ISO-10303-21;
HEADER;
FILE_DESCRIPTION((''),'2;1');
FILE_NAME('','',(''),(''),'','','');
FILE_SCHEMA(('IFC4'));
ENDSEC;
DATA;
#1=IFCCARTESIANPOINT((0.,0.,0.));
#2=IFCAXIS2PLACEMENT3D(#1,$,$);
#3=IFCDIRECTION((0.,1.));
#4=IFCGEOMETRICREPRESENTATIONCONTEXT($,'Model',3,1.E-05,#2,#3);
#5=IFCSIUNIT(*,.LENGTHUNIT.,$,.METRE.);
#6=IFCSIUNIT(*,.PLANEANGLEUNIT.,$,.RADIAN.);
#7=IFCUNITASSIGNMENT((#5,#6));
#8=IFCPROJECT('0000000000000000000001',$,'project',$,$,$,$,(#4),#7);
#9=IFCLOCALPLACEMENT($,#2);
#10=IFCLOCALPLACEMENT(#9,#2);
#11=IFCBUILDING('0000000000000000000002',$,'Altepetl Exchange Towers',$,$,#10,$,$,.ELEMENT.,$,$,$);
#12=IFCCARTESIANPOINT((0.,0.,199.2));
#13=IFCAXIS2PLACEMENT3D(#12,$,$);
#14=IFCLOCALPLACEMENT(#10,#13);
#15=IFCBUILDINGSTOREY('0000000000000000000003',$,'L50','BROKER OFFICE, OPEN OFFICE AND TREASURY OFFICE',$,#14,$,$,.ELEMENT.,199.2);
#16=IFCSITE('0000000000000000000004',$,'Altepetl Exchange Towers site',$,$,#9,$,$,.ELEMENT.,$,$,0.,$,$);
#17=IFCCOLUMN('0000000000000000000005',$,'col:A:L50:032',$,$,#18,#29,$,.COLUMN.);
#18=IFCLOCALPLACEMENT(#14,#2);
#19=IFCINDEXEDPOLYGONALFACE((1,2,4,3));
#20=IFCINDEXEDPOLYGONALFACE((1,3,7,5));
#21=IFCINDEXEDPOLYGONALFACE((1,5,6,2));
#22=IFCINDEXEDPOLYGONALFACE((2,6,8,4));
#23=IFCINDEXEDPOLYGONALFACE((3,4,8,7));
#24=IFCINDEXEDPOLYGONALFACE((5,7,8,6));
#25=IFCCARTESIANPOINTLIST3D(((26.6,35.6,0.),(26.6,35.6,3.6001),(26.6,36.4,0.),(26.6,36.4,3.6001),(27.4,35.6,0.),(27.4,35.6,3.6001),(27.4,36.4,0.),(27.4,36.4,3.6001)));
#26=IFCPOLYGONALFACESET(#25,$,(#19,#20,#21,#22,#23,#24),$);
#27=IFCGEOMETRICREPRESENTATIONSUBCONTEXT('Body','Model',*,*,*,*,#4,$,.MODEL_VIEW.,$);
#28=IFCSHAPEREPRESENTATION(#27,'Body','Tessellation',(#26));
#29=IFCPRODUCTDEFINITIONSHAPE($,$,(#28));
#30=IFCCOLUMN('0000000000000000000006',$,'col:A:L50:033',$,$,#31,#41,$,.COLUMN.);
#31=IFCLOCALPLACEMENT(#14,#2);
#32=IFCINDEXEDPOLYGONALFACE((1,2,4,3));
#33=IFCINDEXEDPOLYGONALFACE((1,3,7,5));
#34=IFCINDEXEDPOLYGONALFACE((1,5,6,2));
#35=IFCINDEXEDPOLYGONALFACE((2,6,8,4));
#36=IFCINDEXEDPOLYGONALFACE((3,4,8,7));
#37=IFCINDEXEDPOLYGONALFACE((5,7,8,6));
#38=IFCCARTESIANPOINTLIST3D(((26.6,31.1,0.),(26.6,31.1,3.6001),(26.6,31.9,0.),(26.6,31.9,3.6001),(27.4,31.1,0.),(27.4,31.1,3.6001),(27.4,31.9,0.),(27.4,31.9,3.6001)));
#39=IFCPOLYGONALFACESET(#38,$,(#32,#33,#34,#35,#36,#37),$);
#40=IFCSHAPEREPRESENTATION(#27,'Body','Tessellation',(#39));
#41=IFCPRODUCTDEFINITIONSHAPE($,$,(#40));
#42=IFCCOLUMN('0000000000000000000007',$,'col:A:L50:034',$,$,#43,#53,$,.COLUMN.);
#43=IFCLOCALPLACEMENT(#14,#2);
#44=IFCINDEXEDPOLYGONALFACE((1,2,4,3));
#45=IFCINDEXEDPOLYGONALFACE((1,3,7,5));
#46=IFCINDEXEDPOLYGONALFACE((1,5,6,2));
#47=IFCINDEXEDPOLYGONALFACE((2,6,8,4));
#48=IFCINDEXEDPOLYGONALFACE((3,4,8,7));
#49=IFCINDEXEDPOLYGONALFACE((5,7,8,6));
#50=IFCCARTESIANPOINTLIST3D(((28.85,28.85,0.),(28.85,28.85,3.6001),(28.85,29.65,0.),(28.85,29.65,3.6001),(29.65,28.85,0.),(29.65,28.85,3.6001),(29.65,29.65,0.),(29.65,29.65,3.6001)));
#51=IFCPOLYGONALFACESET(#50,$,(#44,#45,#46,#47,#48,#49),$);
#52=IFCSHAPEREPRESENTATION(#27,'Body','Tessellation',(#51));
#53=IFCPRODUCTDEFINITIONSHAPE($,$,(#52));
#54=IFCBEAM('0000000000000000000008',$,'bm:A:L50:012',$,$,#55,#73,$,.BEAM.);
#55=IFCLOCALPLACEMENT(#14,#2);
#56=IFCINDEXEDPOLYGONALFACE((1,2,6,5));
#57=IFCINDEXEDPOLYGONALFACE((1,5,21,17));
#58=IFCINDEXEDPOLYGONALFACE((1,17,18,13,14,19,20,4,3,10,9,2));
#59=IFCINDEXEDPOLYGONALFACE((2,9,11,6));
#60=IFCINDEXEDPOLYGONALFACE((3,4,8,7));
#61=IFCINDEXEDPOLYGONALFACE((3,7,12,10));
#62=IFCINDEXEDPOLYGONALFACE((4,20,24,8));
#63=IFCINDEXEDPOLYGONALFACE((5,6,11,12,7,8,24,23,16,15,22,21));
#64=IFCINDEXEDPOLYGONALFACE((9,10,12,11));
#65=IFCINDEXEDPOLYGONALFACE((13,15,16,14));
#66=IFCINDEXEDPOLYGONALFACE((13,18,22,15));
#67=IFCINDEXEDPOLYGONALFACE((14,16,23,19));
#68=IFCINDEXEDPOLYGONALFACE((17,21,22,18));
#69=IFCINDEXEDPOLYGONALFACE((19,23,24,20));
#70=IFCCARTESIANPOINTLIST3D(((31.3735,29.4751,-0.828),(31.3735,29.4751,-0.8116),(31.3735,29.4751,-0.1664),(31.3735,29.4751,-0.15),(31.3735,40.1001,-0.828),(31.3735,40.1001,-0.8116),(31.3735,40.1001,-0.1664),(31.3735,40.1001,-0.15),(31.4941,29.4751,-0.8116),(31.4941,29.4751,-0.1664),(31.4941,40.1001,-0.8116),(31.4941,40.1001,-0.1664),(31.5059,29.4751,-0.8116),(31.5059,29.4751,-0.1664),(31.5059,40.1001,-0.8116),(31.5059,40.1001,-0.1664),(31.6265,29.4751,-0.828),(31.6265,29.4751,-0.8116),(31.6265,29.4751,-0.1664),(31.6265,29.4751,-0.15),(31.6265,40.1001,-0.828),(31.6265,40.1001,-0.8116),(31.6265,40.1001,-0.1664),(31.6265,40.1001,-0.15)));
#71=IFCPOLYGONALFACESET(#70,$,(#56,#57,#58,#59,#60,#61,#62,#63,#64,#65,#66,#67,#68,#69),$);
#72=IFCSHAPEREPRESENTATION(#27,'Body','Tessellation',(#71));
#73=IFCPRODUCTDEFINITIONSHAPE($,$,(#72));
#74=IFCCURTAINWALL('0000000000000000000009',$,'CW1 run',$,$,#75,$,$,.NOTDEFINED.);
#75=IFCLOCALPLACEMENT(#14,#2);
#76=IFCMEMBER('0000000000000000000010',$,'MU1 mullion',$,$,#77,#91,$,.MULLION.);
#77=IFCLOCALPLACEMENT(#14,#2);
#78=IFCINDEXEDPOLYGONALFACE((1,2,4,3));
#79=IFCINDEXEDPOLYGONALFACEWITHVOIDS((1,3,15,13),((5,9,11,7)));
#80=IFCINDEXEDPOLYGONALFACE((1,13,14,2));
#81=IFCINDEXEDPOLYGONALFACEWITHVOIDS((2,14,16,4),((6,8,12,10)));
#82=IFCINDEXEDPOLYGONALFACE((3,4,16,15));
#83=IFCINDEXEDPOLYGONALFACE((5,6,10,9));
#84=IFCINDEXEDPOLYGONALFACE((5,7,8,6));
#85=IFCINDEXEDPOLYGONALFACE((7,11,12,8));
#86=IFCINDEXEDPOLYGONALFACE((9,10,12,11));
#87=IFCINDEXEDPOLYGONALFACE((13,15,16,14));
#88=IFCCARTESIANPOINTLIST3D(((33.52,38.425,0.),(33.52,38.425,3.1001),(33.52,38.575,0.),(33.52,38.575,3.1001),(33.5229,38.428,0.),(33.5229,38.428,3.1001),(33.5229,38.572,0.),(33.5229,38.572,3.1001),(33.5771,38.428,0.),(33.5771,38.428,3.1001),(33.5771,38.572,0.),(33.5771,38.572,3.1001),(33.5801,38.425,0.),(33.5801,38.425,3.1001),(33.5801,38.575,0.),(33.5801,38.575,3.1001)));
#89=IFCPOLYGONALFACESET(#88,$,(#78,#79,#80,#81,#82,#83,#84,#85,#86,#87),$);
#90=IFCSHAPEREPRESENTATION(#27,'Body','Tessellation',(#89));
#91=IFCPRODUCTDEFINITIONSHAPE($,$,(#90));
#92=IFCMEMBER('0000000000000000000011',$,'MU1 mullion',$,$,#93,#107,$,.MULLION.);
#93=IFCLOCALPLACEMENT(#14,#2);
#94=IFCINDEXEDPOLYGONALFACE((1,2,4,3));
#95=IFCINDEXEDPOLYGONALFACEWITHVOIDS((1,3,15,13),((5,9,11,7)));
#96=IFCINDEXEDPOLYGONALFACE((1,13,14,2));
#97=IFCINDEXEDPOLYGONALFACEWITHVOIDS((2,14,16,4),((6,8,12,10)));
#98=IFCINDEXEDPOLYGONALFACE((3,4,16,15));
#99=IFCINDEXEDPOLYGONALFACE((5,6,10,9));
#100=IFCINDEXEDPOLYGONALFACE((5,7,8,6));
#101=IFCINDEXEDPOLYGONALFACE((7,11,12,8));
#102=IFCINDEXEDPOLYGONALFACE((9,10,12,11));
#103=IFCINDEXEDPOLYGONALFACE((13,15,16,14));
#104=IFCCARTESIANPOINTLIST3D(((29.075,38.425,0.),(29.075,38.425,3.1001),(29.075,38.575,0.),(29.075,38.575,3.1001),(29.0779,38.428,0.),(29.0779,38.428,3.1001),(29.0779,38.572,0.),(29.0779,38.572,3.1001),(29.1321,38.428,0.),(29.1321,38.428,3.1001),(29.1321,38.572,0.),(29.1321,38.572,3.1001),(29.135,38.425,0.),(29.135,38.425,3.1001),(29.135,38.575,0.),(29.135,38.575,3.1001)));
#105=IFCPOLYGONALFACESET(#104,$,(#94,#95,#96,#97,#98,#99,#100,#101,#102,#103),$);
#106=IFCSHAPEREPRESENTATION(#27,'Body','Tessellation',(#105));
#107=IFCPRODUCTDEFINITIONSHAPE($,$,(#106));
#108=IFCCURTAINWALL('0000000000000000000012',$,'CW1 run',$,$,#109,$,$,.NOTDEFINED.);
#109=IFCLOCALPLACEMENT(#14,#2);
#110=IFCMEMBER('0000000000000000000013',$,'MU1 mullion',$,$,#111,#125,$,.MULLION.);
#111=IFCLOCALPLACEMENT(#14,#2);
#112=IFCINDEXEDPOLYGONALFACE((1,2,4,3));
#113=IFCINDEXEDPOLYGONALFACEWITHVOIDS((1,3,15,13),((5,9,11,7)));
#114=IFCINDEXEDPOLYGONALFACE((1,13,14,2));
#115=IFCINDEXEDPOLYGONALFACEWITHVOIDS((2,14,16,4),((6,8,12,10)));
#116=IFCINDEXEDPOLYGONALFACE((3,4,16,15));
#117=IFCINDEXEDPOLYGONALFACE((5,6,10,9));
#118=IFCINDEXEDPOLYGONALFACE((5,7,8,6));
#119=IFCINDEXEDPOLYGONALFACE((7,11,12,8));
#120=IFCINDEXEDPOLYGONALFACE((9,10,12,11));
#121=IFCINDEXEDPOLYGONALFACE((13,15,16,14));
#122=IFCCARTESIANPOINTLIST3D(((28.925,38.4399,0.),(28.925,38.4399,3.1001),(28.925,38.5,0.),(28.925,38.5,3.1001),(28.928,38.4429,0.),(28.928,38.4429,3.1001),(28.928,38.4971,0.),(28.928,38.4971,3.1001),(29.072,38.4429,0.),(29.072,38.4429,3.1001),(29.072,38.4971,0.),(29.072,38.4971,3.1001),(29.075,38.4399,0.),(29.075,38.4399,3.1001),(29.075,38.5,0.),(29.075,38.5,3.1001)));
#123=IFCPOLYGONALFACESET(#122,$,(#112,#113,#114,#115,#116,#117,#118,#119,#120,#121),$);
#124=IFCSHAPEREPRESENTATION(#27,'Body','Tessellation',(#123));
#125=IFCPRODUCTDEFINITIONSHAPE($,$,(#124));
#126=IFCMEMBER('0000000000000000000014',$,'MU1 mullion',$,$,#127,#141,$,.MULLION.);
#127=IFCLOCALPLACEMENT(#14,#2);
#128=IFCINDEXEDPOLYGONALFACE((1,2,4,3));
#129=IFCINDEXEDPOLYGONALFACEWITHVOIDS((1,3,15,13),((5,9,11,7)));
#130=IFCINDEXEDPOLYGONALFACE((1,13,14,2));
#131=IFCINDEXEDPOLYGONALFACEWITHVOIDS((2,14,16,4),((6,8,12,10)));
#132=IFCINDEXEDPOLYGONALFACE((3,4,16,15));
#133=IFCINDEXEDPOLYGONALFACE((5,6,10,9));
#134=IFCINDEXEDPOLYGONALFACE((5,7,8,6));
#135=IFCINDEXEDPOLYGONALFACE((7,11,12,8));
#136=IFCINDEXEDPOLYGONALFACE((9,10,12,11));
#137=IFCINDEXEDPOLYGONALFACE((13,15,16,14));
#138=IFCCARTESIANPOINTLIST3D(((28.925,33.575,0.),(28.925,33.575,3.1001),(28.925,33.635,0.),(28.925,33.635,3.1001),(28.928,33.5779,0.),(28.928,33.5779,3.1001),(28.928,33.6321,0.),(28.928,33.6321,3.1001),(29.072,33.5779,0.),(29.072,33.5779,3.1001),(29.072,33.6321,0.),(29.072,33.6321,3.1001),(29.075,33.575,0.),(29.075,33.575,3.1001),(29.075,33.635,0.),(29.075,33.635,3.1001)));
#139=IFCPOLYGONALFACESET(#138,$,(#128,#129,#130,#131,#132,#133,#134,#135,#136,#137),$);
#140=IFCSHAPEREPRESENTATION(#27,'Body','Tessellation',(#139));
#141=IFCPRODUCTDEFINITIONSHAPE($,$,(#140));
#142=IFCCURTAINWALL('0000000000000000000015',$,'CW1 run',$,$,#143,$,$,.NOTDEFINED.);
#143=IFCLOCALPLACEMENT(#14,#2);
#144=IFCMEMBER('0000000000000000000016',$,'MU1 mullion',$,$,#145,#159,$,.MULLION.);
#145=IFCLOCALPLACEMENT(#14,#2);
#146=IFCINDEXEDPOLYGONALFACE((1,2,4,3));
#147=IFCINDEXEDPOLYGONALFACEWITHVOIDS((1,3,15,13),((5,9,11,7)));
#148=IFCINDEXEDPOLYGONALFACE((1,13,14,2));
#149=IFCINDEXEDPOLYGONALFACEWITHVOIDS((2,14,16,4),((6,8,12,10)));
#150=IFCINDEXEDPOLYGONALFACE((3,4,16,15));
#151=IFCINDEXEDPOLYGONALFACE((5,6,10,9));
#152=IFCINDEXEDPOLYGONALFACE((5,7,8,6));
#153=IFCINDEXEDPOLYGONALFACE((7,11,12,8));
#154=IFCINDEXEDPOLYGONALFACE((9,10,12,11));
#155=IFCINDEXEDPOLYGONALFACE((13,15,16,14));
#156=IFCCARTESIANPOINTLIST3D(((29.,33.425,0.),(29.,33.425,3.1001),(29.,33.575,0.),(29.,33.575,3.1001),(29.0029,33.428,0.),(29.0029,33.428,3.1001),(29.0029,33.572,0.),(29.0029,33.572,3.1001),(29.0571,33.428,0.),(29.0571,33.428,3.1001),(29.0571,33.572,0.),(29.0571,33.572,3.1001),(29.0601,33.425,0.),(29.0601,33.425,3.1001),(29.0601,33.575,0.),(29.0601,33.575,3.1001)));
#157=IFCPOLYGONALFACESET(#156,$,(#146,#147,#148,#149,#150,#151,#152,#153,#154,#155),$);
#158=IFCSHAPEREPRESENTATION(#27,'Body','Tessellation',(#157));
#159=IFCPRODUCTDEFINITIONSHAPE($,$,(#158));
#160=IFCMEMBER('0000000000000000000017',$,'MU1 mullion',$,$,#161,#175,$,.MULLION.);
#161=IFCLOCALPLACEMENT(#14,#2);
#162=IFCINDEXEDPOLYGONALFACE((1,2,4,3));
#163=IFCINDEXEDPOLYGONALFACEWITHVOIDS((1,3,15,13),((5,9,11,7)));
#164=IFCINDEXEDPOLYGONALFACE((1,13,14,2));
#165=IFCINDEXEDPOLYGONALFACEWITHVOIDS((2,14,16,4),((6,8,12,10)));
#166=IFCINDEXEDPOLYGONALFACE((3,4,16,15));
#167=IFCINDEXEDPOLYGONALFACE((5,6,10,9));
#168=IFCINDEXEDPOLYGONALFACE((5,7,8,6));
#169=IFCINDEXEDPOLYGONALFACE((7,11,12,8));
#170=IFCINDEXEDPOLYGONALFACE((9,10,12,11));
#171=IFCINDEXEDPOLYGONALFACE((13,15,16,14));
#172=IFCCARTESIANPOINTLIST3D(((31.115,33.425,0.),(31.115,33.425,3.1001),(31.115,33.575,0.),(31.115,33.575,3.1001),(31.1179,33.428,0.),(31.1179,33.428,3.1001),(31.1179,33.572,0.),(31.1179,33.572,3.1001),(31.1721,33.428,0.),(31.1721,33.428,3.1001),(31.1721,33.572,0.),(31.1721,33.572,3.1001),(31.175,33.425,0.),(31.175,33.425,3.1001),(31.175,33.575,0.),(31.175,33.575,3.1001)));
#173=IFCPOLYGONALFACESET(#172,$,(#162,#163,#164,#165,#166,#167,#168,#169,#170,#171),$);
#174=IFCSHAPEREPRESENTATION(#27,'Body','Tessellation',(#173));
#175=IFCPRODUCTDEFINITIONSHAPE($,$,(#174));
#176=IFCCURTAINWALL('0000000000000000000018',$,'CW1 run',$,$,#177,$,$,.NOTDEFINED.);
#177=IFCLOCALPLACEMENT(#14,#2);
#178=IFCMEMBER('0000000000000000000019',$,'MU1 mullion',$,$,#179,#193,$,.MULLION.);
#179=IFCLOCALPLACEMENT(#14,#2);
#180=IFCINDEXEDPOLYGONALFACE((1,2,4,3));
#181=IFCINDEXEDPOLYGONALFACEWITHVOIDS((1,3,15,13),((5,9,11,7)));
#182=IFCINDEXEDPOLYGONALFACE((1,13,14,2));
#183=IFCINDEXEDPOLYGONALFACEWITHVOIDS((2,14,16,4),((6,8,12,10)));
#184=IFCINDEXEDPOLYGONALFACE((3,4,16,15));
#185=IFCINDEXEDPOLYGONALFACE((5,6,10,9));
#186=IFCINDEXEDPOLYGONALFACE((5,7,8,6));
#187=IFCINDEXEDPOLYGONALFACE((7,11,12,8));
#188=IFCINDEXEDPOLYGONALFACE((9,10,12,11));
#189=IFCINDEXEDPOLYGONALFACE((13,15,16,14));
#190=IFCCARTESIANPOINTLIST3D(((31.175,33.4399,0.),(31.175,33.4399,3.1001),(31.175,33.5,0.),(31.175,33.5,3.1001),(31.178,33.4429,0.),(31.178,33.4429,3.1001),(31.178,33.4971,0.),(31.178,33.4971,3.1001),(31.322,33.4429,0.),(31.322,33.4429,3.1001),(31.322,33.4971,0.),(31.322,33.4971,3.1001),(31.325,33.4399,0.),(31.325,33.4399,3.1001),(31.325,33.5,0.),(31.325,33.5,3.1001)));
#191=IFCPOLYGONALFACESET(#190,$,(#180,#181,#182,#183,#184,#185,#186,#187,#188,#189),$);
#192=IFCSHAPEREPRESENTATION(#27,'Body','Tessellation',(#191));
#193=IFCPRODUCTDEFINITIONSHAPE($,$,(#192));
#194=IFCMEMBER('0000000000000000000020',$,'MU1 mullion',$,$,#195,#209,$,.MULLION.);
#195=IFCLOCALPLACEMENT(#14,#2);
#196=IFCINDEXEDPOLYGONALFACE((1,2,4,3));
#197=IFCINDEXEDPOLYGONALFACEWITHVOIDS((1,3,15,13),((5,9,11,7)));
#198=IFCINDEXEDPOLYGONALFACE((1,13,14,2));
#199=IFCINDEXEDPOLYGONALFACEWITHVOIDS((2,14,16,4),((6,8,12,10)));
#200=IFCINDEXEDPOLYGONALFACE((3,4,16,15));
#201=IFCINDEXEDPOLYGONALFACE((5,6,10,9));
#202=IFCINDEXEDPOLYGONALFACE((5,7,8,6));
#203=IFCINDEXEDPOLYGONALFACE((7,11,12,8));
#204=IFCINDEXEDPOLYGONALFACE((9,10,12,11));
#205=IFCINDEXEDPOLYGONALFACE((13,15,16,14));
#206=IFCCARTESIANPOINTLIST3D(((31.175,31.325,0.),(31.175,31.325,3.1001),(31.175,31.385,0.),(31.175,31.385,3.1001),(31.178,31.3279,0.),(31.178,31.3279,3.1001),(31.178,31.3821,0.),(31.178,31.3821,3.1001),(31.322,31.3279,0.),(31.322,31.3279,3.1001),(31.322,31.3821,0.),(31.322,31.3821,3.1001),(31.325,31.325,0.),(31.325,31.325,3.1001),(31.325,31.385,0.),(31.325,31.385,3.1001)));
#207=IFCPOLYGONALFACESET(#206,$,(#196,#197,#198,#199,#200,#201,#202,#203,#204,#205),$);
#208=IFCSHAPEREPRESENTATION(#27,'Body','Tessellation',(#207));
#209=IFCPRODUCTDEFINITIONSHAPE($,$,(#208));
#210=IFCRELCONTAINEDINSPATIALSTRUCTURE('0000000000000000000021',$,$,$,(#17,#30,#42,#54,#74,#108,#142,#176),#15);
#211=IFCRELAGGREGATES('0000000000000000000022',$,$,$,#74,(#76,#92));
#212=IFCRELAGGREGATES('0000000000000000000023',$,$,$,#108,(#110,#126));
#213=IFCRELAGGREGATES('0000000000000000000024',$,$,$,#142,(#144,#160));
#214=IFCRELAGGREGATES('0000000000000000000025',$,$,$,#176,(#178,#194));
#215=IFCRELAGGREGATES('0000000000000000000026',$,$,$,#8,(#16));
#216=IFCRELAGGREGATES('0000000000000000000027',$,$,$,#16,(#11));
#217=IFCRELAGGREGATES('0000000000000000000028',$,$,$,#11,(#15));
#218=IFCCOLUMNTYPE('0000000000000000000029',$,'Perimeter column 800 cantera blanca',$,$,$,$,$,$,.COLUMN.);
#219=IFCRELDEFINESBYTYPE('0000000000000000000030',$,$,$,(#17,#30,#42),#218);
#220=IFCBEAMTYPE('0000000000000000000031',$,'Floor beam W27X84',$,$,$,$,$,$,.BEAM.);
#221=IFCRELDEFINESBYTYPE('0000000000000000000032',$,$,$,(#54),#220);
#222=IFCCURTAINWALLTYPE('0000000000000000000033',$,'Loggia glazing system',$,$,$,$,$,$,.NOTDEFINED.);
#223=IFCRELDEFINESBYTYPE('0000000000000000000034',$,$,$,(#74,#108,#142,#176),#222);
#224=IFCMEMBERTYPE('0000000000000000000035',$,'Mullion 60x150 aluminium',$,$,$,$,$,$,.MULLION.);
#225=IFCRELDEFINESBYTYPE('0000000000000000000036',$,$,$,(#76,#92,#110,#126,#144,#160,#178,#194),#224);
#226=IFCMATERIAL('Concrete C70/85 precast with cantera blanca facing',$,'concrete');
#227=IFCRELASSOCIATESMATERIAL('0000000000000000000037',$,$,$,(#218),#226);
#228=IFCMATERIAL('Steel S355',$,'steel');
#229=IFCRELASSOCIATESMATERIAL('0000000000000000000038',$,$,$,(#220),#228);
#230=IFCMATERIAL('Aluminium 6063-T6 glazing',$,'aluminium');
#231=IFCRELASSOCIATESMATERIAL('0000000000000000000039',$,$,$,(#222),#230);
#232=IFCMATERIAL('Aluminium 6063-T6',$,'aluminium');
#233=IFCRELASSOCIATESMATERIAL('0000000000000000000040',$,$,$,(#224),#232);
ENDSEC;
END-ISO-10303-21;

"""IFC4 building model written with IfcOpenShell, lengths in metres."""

from ifc_helpers import new_model, si_unit, direction, frame, origin, origin_2d, place, context, subcontext, project, spatial, rectangle, hollow_rectangle, i_section, extrude, material, material_profile, profile_set, type_object, element, aggregate, save


model = new_model("IFC4")

# Units and contexts
model_context = context("Model", 3, precision=1e-05, world=origin(), true_north=direction((0.0, 1.0)))
body_context = subcontext(model_context, "Body", "Model", "MODEL_VIEW")
ifc_project = project(units=[si_unit("LENGTHUNIT", "METRE"), si_unit("PLANEANGLEUNIT", "RADIAN")], contexts=[model_context])

# Site, building, storey
site_placement = place(None, origin())
site = spatial("IfcSite", under=ifc_project, at=site_placement, Name="Altepetl Exchange Towers site", CompositionType="ELEMENT", RefElevation=0.0)
building_placement = place(site_placement, origin())
building = spatial("IfcBuilding", under=site, at=building_placement, Name="Altepetl Exchange Towers", CompositionType="ELEMENT")
storey_placement = place(building_placement, frame((0.0, 0.0, 199.2)))
storey = spatial("IfcBuildingStorey", under=building, at=storey_placement, Name="L50", Description="BROKER OFFICE, OPEN OFFICE AND TREASURY OFFICE", CompositionType="ELEMENT", Elevation=199.2)

# Columns
ifc_material_1 = material(Name="Concrete C70/85 precast with cantera blanca facing", Category="concrete")
ifc_material_profile_1 = material_profile(ifc_material_1, rectangle(XDim=0.8, YDim=0.8, at=origin_2d()), Name="800 x 800")
ifc_profile_set_1 = profile_set([ifc_material_profile_1], Name="Concrete C70/85 precast with cantera blanca facing")
column_type = type_object("IfcColumnType", Name="Perimeter column 800 cantera blanca", PredefinedType="COLUMN", material=ifc_profile_set_1)
for number, where, name in (
    (1, (27.0, 36.0, 0.0), "col:A:L50:032"),
    (2, (27.0, 31.5, 0.0), "col:A:L50:033"),
    (3, (29.25, 29.25, 0.0), "col:A:L50:034"),
):
    element("IfcColumn", number, at=place(storey_placement, frame(where)), inside=storey, type_object=column_type, Name=name, PredefinedType="COLUMN", context=body_context, shape_type="SweptSolid", body=[
        extrude(rectangle(XDim=0.8, YDim=0.8, at=origin_2d()), origin(), (0.0, 0.0, 1.0), 3.6001),
    ])

# Beam
ifc_material_2 = material(Name="Steel S355", Category="steel")
ifc_material_profile_2 = material_profile(ifc_material_2, i_section(OverallWidth=0.2529, OverallDepth=0.678, WebThickness=0.0117, FlangeThickness=0.0164, at=origin_2d()), Name="W27X84")
ifc_profile_set_2 = profile_set([ifc_material_profile_2], Name="Steel S355")
beam_type_1 = type_object("IfcBeamType", Name="Floor beam W27X84", PredefinedType="BEAM", material=ifc_profile_set_2)
beam_1_placement = place(storey_placement, frame((31.5, 29.4751, -0.489), z_axis=(0.0, 1.0, 0.0), x_axis=(-1.0, 0.0, 0.0)))
element("IfcBeam", 4, at=beam_1_placement, inside=storey, type_object=beam_type_1, Name="bm:A:L50:012", PredefinedType="BEAM", context=body_context, shape_type="SweptSolid", body=[
    extrude(i_section(OverallWidth=0.2529, OverallDepth=0.678, WebThickness=0.0117, FlangeThickness=0.0164, at=origin_2d()), origin(), (0.0, 0.0, 1.0), 10.625),
])

# Curtain walls, members
ifc_material_3 = material(Name="Aluminium 6063-T6 glazing", Category="aluminium")
curtain_wall_type = type_object("IfcCurtainWallType", Name="Loggia glazing system", PredefinedType="NOTDEFINED", material=ifc_material_3)
curtain_wall_1_placement = place(storey_placement, origin())
curtain_wall_1 = element("IfcCurtainWall", 5, at=curtain_wall_1_placement, inside=storey, type_object=curtain_wall_type, Name="CW1 run", PredefinedType="NOTDEFINED")
ifc_material_4 = material(Name="Aluminium 6063-T6", Category="aluminium")
ifc_material_profile_3 = material_profile(ifc_material_4, hollow_rectangle(XDim=0.0601, YDim=0.1499, WallThickness=0.0029, at=origin_2d()), Name="Mullion 60x150 aluminium")
ifc_profile_set_3 = profile_set([ifc_material_profile_3], Name="Aluminium 6063-T6")
member_type = type_object("IfcMemberType", Name="Mullion 60x150 aluminium", PredefinedType="MULLION", material=ifc_profile_set_3)
member_1_placement = place(storey_placement, frame((33.55, 38.5, 0.0), z_axis=(0.0, 0.0, 1.0), x_axis=(-1.0, 0.0, 0.0)))
member_1 = element("IfcMember", 6, at=member_1_placement, type_object=member_type, Name="MU1 mullion", PredefinedType="MULLION", context=body_context, shape_type="SweptSolid", body=[
    extrude(hollow_rectangle(XDim=0.0601, YDim=0.1499, WallThickness=0.0029, at=origin_2d()), origin(), (0.0, 0.0, 1.0), 3.1001),
])
member_2_placement = place(storey_placement, frame((29.105, 38.5, 0.0), z_axis=(0.0, 0.0, 1.0), x_axis=(-1.0, 0.0, 0.0)))
member_2 = element("IfcMember", 7, at=member_2_placement, type_object=member_type, Name="MU1 mullion", PredefinedType="MULLION", context=body_context, shape_type="SweptSolid", body=[
    extrude(hollow_rectangle(XDim=0.0601, YDim=0.1499, WallThickness=0.0029, at=origin_2d()), origin(), (0.0, 0.0, 1.0), 3.1001),
])
curtain_wall_2_placement = place(storey_placement, origin())
curtain_wall_2 = element("IfcCurtainWall", 8, at=curtain_wall_2_placement, inside=storey, type_object=curtain_wall_type, Name="CW1 run", PredefinedType="NOTDEFINED")
member_3_placement = place(storey_placement, frame((29.0, 38.47, 0.0), z_axis=(0.0, 0.0, 1.0), x_axis=(0.0, -1.0, 0.0)))
member_3 = element("IfcMember", 9, at=member_3_placement, type_object=member_type, Name="MU1 mullion", PredefinedType="MULLION", context=body_context, shape_type="SweptSolid", body=[
    extrude(hollow_rectangle(XDim=0.0601, YDim=0.1499, WallThickness=0.0029, at=origin_2d()), origin(), (0.0, 0.0, 1.0), 3.1001),
])
member_4_placement = place(storey_placement, frame((29.0, 33.605, 0.0), z_axis=(0.0, 0.0, 1.0), x_axis=(0.0, -1.0, 0.0)))
member_4 = element("IfcMember", 10, at=member_4_placement, type_object=member_type, Name="MU1 mullion", PredefinedType="MULLION", context=body_context, shape_type="SweptSolid", body=[
    extrude(hollow_rectangle(XDim=0.0601, YDim=0.1499, WallThickness=0.0029, at=origin_2d()), origin(), (0.0, 0.0, 1.0), 3.1001),
])
curtain_wall_3_placement = place(storey_placement, origin())
curtain_wall_3 = element("IfcCurtainWall", 11, at=curtain_wall_3_placement, inside=storey, type_object=curtain_wall_type, Name="CW1 run", PredefinedType="NOTDEFINED")
member_5_placement = place(storey_placement, frame((29.03, 33.5, 0.0)))
member_5 = element("IfcMember", 12, at=member_5_placement, type_object=member_type, Name="MU1 mullion", PredefinedType="MULLION", context=body_context, shape_type="SweptSolid", body=[
    extrude(hollow_rectangle(XDim=0.0601, YDim=0.1499, WallThickness=0.0029, at=origin_2d()), origin(), (0.0, 0.0, 1.0), 3.1001),
])
member_6_placement = place(storey_placement, frame((31.145, 33.5, 0.0)))
member_6 = element("IfcMember", 13, at=member_6_placement, type_object=member_type, Name="MU1 mullion", PredefinedType="MULLION", context=body_context, shape_type="SweptSolid", body=[
    extrude(hollow_rectangle(XDim=0.0601, YDim=0.1499, WallThickness=0.0029, at=origin_2d()), origin(), (0.0, 0.0, 1.0), 3.1001),
])
curtain_wall_4_placement = place(storey_placement, origin())
curtain_wall_4 = element("IfcCurtainWall", 14, at=curtain_wall_4_placement, inside=storey, type_object=curtain_wall_type, Name="CW1 run", PredefinedType="NOTDEFINED")
member_7_placement = place(storey_placement, frame((31.25, 33.47, 0.0), z_axis=(0.0, 0.0, 1.0), x_axis=(0.0, -1.0, 0.0)))
member_7 = element("IfcMember", 15, at=member_7_placement, type_object=member_type, Name="MU1 mullion", PredefinedType="MULLION", context=body_context, shape_type="SweptSolid", body=[
    extrude(hollow_rectangle(XDim=0.0601, YDim=0.1499, WallThickness=0.0029, at=origin_2d()), origin(), (0.0, 0.0, 1.0), 3.1001),
])
member_8_placement = place(storey_placement, frame((31.25, 31.355, 0.0), z_axis=(0.0, 0.0, 1.0), x_axis=(0.0, -1.0, 0.0)))
member_8 = element("IfcMember", 16, at=member_8_placement, type_object=member_type, Name="MU1 mullion", PredefinedType="MULLION", context=body_context, shape_type="SweptSolid", body=[
    extrude(hollow_rectangle(XDim=0.0601, YDim=0.1499, WallThickness=0.0029, at=origin_2d()), origin(), (0.0, 0.0, 1.0), 3.1001),
])

aggregate(curtain_wall_1, [member_1, member_2])
aggregate(curtain_wall_2, [member_3, member_4])
aggregate(curtain_wall_3, [member_5, member_6])
aggregate(curtain_wall_4, [member_7, member_8])

save(model, "model.ifc")
